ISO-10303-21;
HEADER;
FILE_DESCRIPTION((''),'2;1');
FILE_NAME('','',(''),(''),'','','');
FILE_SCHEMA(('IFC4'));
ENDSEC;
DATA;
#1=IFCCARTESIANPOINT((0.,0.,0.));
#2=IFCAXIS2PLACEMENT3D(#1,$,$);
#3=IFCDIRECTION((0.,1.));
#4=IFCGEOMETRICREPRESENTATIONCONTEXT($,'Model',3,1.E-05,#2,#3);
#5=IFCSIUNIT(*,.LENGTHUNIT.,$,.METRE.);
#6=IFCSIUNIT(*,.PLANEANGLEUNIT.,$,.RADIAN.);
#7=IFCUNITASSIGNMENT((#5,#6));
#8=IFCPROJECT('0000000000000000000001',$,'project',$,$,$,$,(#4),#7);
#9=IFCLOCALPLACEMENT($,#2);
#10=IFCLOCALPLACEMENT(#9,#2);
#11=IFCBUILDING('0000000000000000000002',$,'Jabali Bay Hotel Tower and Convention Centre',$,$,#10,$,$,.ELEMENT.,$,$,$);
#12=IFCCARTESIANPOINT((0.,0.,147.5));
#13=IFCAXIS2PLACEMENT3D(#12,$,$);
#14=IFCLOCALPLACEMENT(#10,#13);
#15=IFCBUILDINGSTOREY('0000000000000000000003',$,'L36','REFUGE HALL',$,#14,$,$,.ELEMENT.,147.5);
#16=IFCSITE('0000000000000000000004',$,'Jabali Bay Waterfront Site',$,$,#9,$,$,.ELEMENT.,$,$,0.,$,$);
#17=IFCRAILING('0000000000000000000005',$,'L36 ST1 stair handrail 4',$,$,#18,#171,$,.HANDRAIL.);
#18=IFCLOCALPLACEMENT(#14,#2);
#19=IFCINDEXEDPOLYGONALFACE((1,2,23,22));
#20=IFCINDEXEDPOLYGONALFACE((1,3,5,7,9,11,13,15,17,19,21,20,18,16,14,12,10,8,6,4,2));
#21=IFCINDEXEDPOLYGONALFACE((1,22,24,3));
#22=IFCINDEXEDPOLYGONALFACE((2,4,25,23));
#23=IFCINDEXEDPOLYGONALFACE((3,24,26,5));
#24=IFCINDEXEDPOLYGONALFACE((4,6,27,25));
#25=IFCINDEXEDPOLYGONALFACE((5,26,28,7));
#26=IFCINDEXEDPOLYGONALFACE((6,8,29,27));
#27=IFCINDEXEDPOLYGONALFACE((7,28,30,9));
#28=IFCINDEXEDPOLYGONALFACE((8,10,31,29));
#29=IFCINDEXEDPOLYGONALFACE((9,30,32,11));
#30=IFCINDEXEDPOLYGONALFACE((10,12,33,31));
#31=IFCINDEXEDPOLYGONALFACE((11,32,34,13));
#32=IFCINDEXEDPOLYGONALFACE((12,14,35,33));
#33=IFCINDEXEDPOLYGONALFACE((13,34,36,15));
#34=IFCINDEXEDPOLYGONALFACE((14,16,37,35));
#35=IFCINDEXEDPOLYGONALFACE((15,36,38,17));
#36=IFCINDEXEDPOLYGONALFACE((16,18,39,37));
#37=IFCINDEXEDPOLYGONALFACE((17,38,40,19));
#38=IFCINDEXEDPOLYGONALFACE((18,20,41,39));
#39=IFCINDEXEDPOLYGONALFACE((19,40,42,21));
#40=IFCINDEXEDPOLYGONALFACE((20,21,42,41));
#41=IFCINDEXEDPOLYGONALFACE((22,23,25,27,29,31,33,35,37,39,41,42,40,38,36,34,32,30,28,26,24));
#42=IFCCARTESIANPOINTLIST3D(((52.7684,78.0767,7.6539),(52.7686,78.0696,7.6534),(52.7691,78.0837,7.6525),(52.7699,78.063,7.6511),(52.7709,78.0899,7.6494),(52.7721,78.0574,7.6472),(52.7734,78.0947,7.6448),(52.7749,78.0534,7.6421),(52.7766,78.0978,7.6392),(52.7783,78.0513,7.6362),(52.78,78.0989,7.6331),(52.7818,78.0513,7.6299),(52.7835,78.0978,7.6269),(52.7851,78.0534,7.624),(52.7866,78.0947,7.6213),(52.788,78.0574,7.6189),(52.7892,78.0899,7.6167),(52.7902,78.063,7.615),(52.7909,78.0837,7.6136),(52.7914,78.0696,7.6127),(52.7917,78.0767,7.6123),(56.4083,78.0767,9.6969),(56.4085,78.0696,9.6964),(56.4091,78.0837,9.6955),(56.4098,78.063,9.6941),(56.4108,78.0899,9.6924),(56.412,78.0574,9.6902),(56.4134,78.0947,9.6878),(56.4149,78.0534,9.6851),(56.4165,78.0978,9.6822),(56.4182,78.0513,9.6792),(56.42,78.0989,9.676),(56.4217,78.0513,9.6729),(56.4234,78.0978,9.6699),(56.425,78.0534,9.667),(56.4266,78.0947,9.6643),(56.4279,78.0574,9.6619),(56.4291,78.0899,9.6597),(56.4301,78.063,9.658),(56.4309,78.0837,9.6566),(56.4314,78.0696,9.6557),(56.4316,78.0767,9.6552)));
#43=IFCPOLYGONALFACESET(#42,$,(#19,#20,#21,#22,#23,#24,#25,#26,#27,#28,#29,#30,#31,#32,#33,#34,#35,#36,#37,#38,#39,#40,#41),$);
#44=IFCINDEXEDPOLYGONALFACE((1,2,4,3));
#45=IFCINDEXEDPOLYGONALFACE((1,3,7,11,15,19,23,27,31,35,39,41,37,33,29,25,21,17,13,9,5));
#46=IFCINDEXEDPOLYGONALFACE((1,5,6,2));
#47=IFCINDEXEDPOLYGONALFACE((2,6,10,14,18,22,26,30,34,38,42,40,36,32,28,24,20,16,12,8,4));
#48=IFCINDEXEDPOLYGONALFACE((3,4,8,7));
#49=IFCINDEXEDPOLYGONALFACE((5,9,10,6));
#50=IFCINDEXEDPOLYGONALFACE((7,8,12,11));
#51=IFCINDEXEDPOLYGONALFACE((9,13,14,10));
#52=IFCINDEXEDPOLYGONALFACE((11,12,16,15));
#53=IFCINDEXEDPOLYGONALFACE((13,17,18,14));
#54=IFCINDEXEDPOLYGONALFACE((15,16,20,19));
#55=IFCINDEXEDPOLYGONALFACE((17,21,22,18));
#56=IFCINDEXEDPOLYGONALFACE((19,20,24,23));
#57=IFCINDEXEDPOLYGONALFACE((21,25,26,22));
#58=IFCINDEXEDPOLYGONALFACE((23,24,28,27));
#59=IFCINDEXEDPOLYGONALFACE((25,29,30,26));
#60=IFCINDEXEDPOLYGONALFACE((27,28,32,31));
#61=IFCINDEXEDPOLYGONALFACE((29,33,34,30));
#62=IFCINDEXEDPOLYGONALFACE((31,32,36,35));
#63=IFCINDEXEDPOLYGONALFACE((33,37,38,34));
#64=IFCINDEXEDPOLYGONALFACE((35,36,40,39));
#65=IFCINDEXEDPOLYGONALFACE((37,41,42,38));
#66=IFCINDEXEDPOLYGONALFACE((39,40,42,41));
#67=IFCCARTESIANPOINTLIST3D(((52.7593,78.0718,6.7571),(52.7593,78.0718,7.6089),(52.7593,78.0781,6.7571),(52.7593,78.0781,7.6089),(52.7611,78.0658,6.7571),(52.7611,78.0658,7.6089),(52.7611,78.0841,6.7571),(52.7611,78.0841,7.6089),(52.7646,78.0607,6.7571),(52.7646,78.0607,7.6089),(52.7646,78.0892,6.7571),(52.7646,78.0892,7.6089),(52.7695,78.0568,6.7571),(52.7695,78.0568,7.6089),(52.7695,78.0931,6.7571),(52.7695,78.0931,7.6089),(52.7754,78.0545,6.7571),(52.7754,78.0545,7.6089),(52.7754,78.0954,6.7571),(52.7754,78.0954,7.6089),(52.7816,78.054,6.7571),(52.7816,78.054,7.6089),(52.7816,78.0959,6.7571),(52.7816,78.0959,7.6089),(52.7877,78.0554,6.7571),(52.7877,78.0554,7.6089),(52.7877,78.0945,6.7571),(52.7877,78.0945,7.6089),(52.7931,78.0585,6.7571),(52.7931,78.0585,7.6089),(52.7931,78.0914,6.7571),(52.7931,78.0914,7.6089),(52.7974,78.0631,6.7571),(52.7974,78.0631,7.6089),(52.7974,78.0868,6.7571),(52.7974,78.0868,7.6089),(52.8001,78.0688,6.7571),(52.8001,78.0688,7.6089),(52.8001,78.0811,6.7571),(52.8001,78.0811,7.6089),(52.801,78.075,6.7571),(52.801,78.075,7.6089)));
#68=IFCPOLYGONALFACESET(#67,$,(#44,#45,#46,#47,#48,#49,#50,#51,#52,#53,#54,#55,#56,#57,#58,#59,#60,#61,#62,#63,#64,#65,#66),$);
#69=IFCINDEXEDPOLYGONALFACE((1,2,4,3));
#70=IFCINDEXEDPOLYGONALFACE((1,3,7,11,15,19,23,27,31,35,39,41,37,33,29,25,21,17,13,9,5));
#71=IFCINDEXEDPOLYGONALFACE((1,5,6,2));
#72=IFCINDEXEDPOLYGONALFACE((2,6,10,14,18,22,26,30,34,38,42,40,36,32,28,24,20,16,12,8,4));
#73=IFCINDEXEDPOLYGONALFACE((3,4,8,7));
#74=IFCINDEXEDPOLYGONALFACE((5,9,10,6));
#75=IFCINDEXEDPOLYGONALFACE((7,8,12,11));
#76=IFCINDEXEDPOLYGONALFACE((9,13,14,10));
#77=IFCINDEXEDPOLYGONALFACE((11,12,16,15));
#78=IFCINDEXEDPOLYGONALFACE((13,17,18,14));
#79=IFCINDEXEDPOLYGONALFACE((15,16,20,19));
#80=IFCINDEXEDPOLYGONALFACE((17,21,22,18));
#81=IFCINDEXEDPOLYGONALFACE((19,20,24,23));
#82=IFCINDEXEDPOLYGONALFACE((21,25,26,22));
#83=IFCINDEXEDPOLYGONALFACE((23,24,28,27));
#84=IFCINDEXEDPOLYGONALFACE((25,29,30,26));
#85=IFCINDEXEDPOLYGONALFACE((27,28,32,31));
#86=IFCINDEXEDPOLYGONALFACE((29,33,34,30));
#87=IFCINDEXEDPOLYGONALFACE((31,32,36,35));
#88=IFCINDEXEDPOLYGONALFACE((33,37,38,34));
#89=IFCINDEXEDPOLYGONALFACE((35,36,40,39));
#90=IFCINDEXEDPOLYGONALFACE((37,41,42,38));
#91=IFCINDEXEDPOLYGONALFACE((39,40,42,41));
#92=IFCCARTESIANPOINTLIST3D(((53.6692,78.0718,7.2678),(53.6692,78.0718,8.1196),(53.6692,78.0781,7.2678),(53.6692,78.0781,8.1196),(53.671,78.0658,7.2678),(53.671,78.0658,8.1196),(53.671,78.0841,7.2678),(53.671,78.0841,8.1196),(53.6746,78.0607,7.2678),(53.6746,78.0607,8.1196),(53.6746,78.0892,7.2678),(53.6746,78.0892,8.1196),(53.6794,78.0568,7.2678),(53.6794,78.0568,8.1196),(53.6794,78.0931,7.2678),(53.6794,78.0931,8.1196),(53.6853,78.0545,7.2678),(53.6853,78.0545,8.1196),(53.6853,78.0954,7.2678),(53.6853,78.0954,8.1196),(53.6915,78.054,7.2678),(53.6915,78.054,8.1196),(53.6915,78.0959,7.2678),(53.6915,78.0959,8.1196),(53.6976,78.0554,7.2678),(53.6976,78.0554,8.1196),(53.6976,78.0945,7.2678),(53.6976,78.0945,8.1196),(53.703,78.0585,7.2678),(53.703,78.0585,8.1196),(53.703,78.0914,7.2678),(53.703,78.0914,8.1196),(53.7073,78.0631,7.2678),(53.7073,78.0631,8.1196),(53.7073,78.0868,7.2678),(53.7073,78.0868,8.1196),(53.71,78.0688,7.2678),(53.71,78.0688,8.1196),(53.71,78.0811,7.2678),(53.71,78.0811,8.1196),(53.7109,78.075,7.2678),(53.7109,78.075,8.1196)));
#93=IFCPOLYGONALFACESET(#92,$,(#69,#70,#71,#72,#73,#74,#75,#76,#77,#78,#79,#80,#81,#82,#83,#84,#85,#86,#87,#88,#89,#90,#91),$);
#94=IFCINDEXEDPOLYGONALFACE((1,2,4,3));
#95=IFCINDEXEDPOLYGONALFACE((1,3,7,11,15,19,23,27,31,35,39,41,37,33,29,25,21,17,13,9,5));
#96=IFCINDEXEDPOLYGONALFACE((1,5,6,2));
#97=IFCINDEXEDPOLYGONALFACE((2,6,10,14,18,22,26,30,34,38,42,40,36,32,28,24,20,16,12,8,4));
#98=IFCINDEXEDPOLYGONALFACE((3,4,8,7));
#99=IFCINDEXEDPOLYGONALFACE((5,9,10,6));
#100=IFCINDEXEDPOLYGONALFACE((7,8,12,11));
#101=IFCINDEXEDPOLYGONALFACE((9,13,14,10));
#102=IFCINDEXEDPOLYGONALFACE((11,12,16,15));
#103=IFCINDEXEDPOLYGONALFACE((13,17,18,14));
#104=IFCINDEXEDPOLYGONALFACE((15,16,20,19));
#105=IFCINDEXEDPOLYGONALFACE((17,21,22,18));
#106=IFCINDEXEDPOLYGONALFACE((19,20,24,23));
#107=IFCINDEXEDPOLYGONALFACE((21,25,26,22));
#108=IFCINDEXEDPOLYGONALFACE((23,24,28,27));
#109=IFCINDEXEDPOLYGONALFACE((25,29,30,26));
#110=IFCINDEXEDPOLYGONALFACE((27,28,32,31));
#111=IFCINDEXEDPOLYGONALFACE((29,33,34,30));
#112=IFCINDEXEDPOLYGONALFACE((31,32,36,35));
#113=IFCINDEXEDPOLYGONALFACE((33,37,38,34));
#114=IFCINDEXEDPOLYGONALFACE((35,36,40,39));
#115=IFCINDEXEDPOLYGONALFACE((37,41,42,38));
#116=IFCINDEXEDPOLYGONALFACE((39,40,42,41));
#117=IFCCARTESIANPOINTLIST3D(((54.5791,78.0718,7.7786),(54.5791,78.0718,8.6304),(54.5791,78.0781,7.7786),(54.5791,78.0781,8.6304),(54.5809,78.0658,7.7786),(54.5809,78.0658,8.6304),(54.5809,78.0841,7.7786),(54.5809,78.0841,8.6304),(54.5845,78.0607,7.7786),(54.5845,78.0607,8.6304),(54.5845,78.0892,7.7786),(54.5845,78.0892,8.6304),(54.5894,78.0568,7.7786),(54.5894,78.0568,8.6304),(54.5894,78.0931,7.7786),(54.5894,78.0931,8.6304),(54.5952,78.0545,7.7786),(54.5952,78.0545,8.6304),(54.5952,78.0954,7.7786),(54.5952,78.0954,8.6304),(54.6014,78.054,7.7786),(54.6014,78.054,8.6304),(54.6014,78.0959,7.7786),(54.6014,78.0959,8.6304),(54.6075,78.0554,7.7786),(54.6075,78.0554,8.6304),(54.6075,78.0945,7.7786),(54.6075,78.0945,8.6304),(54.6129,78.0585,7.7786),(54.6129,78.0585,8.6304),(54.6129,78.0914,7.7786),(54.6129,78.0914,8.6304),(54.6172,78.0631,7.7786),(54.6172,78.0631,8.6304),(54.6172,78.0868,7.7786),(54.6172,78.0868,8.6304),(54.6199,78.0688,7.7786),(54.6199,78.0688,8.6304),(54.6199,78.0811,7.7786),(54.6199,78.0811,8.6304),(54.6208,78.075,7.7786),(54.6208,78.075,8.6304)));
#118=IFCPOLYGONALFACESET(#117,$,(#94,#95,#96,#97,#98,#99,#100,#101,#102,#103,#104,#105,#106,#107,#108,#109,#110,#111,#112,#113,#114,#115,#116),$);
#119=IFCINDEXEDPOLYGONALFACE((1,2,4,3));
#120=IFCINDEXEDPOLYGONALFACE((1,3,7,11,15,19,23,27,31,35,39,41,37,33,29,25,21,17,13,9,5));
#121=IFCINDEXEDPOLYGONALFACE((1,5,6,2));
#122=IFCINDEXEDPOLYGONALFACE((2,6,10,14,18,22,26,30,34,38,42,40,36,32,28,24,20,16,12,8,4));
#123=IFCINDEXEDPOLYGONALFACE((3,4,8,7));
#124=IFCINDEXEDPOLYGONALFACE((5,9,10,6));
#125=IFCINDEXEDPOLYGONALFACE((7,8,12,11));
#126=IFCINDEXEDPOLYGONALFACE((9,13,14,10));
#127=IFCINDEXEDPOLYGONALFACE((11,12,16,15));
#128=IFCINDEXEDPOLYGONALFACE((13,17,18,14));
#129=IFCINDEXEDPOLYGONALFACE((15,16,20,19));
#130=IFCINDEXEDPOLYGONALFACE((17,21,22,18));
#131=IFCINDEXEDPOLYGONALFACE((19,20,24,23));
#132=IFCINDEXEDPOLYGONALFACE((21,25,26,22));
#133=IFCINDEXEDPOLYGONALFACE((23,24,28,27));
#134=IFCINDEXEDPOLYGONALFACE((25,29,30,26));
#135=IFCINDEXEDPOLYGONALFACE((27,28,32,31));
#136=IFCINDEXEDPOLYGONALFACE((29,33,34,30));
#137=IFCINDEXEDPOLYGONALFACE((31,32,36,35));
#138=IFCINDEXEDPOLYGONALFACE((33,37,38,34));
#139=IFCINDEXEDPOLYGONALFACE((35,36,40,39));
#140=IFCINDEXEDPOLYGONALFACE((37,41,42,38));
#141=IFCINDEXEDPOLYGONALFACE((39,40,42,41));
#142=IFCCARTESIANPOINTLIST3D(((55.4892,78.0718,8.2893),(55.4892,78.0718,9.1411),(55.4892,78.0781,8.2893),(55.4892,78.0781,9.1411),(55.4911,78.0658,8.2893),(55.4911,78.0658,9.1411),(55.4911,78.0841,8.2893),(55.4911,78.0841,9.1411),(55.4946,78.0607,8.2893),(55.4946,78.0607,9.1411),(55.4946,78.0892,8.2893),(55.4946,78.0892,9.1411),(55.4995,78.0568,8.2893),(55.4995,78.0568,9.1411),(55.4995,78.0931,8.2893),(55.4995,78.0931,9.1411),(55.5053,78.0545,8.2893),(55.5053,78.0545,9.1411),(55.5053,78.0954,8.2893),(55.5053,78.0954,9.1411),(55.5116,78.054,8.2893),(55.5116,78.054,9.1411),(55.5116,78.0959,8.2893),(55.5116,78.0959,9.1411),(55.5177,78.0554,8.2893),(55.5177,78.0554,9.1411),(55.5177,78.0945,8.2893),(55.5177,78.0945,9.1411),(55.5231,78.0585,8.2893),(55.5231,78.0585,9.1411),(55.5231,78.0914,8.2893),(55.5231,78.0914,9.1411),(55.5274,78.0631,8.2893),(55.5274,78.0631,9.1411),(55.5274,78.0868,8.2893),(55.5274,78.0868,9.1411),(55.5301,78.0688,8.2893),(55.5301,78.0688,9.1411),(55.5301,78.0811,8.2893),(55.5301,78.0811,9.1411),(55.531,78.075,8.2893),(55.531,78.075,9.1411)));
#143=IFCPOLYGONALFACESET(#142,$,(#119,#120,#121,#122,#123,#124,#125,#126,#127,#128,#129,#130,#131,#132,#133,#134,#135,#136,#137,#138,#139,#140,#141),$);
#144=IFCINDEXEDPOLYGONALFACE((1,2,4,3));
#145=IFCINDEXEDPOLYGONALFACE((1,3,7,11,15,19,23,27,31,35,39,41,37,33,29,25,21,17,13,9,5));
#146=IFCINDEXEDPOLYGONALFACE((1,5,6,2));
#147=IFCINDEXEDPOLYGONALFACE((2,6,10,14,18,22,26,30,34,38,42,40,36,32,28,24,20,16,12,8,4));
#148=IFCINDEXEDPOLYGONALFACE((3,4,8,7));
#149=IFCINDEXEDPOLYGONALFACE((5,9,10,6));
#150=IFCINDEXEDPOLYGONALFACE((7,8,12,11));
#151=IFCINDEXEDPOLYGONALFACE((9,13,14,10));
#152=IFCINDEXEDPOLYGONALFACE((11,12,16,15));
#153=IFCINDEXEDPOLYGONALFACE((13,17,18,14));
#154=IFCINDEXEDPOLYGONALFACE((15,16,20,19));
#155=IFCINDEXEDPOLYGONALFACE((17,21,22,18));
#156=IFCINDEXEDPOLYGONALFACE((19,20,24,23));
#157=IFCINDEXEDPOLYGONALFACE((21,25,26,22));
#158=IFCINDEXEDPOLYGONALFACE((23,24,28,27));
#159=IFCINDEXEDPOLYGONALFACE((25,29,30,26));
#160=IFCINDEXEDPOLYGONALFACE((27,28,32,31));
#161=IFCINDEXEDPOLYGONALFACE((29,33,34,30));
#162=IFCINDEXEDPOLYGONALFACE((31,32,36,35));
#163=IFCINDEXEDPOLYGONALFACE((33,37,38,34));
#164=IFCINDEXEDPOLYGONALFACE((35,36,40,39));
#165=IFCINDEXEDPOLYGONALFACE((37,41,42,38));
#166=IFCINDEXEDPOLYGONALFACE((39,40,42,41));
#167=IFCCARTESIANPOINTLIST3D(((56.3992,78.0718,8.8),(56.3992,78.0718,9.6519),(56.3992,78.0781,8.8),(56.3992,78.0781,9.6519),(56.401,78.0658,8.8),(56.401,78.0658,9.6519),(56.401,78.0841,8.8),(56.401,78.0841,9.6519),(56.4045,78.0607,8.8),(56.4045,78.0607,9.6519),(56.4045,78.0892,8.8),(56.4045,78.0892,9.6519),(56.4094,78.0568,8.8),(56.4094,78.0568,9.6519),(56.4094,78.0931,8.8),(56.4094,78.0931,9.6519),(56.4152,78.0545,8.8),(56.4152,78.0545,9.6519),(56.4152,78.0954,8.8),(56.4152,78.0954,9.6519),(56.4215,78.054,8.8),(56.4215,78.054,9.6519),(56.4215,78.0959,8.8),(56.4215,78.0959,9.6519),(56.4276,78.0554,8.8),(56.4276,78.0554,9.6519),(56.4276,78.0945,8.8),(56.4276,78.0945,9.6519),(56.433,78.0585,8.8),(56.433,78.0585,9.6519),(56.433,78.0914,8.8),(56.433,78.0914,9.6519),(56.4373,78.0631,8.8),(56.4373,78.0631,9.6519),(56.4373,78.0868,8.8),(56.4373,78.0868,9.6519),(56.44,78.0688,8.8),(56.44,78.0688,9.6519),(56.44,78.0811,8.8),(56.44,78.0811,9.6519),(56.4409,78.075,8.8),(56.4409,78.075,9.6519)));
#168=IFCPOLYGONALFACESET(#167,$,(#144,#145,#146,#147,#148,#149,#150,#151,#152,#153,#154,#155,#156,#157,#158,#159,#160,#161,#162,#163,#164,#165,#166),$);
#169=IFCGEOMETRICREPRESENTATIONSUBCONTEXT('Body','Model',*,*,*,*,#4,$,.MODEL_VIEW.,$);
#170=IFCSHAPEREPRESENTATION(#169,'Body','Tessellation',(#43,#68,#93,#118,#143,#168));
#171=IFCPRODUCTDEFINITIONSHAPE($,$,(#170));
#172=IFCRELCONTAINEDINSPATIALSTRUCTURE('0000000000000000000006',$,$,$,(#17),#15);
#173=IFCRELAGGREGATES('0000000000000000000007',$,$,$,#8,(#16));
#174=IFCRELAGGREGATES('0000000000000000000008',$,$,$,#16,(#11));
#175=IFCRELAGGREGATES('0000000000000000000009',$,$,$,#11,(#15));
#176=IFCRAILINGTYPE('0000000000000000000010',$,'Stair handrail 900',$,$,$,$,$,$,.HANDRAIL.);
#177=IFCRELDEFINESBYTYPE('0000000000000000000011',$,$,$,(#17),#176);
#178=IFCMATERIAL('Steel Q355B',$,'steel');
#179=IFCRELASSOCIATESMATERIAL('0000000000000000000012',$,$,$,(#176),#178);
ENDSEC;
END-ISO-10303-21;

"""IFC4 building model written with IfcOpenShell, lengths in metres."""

from ifc_helpers import new_model, si_unit, direction, frame, origin, origin_2d, place, context, subcontext, project, spatial, circle, extrude, material, type_object, element, save


model = new_model("IFC4")

# Units and contexts
model_context = context("Model", 3, precision=1e-05, world=origin(), true_north=direction((0.0, 1.0)))
body_context = subcontext(model_context, "Body", "Model", "MODEL_VIEW")
ifc_project = project(units=[si_unit("LENGTHUNIT", "METRE"), si_unit("PLANEANGLEUNIT", "RADIAN")], contexts=[model_context])

# Site, building, storey
site_placement = place(None, origin())
site = spatial("IfcSite", under=ifc_project, at=site_placement, Name="Jabali Bay Waterfront Site", CompositionType="ELEMENT", RefElevation=0.0)
building_placement = place(site_placement, origin())
building = spatial("IfcBuilding", under=site, at=building_placement, Name="Jabali Bay Hotel Tower and Convention Centre", CompositionType="ELEMENT")
storey_placement = place(building_placement, frame((0.0, 0.0, 147.5)))
storey = spatial("IfcBuildingStorey", under=building, at=storey_placement, Name="L36", Description="REFUGE HALL", CompositionType="ELEMENT", Elevation=147.5)

# Railing
ifc_material_1 = material(Name="Steel Q355B", Category="steel")
railing_type_1 = type_object("IfcRailingType", Name="Stair handrail 900", PredefinedType="HANDRAIL", material=ifc_material_1)
railing_1_placement = place(storey_placement, frame((52.78, 78.075, 6.7571)))
element("IfcRailing", 1, at=railing_1_placement, inside=storey, type_object=railing_type_1, Name="L36 ST1 stair handrail 4", PredefinedType="HANDRAIL", context=body_context, shape_type="SweptSolid", body=[
    extrude(circle(Radius=0.0239, at=origin_2d()), frame((0.0, 0.0, 0.876), z_axis=(0.872033, 0.0, 0.489447), x_axis=(0.0, 1.0, 0.0)), (0.0, 0.0, 1.0), 4.1741),
    extrude(circle(Radius=0.021, at=origin_2d()), origin(), (0.0, 0.0, 1.0), 0.8518),
    extrude(circle(Radius=0.021, at=origin_2d()), frame((0.9099, 0.0, 0.5107)), (0.0, 0.0, 1.0), 0.8518),
    extrude(circle(Radius=0.021, at=origin_2d()), frame((1.8198, 0.0, 1.0215)), (0.0, 0.0, 1.0), 0.8518),
    extrude(circle(Radius=0.021, at=origin_2d()), frame((2.73, 0.0, 1.5322)), (0.0, 0.0, 1.0), 0.8518),
    extrude(circle(Radius=0.021, at=origin_2d()), frame((3.6399, 0.0, 2.043)), (0.0, 0.0, 1.0), 0.8518),
])

save(model, "model.ifc")
